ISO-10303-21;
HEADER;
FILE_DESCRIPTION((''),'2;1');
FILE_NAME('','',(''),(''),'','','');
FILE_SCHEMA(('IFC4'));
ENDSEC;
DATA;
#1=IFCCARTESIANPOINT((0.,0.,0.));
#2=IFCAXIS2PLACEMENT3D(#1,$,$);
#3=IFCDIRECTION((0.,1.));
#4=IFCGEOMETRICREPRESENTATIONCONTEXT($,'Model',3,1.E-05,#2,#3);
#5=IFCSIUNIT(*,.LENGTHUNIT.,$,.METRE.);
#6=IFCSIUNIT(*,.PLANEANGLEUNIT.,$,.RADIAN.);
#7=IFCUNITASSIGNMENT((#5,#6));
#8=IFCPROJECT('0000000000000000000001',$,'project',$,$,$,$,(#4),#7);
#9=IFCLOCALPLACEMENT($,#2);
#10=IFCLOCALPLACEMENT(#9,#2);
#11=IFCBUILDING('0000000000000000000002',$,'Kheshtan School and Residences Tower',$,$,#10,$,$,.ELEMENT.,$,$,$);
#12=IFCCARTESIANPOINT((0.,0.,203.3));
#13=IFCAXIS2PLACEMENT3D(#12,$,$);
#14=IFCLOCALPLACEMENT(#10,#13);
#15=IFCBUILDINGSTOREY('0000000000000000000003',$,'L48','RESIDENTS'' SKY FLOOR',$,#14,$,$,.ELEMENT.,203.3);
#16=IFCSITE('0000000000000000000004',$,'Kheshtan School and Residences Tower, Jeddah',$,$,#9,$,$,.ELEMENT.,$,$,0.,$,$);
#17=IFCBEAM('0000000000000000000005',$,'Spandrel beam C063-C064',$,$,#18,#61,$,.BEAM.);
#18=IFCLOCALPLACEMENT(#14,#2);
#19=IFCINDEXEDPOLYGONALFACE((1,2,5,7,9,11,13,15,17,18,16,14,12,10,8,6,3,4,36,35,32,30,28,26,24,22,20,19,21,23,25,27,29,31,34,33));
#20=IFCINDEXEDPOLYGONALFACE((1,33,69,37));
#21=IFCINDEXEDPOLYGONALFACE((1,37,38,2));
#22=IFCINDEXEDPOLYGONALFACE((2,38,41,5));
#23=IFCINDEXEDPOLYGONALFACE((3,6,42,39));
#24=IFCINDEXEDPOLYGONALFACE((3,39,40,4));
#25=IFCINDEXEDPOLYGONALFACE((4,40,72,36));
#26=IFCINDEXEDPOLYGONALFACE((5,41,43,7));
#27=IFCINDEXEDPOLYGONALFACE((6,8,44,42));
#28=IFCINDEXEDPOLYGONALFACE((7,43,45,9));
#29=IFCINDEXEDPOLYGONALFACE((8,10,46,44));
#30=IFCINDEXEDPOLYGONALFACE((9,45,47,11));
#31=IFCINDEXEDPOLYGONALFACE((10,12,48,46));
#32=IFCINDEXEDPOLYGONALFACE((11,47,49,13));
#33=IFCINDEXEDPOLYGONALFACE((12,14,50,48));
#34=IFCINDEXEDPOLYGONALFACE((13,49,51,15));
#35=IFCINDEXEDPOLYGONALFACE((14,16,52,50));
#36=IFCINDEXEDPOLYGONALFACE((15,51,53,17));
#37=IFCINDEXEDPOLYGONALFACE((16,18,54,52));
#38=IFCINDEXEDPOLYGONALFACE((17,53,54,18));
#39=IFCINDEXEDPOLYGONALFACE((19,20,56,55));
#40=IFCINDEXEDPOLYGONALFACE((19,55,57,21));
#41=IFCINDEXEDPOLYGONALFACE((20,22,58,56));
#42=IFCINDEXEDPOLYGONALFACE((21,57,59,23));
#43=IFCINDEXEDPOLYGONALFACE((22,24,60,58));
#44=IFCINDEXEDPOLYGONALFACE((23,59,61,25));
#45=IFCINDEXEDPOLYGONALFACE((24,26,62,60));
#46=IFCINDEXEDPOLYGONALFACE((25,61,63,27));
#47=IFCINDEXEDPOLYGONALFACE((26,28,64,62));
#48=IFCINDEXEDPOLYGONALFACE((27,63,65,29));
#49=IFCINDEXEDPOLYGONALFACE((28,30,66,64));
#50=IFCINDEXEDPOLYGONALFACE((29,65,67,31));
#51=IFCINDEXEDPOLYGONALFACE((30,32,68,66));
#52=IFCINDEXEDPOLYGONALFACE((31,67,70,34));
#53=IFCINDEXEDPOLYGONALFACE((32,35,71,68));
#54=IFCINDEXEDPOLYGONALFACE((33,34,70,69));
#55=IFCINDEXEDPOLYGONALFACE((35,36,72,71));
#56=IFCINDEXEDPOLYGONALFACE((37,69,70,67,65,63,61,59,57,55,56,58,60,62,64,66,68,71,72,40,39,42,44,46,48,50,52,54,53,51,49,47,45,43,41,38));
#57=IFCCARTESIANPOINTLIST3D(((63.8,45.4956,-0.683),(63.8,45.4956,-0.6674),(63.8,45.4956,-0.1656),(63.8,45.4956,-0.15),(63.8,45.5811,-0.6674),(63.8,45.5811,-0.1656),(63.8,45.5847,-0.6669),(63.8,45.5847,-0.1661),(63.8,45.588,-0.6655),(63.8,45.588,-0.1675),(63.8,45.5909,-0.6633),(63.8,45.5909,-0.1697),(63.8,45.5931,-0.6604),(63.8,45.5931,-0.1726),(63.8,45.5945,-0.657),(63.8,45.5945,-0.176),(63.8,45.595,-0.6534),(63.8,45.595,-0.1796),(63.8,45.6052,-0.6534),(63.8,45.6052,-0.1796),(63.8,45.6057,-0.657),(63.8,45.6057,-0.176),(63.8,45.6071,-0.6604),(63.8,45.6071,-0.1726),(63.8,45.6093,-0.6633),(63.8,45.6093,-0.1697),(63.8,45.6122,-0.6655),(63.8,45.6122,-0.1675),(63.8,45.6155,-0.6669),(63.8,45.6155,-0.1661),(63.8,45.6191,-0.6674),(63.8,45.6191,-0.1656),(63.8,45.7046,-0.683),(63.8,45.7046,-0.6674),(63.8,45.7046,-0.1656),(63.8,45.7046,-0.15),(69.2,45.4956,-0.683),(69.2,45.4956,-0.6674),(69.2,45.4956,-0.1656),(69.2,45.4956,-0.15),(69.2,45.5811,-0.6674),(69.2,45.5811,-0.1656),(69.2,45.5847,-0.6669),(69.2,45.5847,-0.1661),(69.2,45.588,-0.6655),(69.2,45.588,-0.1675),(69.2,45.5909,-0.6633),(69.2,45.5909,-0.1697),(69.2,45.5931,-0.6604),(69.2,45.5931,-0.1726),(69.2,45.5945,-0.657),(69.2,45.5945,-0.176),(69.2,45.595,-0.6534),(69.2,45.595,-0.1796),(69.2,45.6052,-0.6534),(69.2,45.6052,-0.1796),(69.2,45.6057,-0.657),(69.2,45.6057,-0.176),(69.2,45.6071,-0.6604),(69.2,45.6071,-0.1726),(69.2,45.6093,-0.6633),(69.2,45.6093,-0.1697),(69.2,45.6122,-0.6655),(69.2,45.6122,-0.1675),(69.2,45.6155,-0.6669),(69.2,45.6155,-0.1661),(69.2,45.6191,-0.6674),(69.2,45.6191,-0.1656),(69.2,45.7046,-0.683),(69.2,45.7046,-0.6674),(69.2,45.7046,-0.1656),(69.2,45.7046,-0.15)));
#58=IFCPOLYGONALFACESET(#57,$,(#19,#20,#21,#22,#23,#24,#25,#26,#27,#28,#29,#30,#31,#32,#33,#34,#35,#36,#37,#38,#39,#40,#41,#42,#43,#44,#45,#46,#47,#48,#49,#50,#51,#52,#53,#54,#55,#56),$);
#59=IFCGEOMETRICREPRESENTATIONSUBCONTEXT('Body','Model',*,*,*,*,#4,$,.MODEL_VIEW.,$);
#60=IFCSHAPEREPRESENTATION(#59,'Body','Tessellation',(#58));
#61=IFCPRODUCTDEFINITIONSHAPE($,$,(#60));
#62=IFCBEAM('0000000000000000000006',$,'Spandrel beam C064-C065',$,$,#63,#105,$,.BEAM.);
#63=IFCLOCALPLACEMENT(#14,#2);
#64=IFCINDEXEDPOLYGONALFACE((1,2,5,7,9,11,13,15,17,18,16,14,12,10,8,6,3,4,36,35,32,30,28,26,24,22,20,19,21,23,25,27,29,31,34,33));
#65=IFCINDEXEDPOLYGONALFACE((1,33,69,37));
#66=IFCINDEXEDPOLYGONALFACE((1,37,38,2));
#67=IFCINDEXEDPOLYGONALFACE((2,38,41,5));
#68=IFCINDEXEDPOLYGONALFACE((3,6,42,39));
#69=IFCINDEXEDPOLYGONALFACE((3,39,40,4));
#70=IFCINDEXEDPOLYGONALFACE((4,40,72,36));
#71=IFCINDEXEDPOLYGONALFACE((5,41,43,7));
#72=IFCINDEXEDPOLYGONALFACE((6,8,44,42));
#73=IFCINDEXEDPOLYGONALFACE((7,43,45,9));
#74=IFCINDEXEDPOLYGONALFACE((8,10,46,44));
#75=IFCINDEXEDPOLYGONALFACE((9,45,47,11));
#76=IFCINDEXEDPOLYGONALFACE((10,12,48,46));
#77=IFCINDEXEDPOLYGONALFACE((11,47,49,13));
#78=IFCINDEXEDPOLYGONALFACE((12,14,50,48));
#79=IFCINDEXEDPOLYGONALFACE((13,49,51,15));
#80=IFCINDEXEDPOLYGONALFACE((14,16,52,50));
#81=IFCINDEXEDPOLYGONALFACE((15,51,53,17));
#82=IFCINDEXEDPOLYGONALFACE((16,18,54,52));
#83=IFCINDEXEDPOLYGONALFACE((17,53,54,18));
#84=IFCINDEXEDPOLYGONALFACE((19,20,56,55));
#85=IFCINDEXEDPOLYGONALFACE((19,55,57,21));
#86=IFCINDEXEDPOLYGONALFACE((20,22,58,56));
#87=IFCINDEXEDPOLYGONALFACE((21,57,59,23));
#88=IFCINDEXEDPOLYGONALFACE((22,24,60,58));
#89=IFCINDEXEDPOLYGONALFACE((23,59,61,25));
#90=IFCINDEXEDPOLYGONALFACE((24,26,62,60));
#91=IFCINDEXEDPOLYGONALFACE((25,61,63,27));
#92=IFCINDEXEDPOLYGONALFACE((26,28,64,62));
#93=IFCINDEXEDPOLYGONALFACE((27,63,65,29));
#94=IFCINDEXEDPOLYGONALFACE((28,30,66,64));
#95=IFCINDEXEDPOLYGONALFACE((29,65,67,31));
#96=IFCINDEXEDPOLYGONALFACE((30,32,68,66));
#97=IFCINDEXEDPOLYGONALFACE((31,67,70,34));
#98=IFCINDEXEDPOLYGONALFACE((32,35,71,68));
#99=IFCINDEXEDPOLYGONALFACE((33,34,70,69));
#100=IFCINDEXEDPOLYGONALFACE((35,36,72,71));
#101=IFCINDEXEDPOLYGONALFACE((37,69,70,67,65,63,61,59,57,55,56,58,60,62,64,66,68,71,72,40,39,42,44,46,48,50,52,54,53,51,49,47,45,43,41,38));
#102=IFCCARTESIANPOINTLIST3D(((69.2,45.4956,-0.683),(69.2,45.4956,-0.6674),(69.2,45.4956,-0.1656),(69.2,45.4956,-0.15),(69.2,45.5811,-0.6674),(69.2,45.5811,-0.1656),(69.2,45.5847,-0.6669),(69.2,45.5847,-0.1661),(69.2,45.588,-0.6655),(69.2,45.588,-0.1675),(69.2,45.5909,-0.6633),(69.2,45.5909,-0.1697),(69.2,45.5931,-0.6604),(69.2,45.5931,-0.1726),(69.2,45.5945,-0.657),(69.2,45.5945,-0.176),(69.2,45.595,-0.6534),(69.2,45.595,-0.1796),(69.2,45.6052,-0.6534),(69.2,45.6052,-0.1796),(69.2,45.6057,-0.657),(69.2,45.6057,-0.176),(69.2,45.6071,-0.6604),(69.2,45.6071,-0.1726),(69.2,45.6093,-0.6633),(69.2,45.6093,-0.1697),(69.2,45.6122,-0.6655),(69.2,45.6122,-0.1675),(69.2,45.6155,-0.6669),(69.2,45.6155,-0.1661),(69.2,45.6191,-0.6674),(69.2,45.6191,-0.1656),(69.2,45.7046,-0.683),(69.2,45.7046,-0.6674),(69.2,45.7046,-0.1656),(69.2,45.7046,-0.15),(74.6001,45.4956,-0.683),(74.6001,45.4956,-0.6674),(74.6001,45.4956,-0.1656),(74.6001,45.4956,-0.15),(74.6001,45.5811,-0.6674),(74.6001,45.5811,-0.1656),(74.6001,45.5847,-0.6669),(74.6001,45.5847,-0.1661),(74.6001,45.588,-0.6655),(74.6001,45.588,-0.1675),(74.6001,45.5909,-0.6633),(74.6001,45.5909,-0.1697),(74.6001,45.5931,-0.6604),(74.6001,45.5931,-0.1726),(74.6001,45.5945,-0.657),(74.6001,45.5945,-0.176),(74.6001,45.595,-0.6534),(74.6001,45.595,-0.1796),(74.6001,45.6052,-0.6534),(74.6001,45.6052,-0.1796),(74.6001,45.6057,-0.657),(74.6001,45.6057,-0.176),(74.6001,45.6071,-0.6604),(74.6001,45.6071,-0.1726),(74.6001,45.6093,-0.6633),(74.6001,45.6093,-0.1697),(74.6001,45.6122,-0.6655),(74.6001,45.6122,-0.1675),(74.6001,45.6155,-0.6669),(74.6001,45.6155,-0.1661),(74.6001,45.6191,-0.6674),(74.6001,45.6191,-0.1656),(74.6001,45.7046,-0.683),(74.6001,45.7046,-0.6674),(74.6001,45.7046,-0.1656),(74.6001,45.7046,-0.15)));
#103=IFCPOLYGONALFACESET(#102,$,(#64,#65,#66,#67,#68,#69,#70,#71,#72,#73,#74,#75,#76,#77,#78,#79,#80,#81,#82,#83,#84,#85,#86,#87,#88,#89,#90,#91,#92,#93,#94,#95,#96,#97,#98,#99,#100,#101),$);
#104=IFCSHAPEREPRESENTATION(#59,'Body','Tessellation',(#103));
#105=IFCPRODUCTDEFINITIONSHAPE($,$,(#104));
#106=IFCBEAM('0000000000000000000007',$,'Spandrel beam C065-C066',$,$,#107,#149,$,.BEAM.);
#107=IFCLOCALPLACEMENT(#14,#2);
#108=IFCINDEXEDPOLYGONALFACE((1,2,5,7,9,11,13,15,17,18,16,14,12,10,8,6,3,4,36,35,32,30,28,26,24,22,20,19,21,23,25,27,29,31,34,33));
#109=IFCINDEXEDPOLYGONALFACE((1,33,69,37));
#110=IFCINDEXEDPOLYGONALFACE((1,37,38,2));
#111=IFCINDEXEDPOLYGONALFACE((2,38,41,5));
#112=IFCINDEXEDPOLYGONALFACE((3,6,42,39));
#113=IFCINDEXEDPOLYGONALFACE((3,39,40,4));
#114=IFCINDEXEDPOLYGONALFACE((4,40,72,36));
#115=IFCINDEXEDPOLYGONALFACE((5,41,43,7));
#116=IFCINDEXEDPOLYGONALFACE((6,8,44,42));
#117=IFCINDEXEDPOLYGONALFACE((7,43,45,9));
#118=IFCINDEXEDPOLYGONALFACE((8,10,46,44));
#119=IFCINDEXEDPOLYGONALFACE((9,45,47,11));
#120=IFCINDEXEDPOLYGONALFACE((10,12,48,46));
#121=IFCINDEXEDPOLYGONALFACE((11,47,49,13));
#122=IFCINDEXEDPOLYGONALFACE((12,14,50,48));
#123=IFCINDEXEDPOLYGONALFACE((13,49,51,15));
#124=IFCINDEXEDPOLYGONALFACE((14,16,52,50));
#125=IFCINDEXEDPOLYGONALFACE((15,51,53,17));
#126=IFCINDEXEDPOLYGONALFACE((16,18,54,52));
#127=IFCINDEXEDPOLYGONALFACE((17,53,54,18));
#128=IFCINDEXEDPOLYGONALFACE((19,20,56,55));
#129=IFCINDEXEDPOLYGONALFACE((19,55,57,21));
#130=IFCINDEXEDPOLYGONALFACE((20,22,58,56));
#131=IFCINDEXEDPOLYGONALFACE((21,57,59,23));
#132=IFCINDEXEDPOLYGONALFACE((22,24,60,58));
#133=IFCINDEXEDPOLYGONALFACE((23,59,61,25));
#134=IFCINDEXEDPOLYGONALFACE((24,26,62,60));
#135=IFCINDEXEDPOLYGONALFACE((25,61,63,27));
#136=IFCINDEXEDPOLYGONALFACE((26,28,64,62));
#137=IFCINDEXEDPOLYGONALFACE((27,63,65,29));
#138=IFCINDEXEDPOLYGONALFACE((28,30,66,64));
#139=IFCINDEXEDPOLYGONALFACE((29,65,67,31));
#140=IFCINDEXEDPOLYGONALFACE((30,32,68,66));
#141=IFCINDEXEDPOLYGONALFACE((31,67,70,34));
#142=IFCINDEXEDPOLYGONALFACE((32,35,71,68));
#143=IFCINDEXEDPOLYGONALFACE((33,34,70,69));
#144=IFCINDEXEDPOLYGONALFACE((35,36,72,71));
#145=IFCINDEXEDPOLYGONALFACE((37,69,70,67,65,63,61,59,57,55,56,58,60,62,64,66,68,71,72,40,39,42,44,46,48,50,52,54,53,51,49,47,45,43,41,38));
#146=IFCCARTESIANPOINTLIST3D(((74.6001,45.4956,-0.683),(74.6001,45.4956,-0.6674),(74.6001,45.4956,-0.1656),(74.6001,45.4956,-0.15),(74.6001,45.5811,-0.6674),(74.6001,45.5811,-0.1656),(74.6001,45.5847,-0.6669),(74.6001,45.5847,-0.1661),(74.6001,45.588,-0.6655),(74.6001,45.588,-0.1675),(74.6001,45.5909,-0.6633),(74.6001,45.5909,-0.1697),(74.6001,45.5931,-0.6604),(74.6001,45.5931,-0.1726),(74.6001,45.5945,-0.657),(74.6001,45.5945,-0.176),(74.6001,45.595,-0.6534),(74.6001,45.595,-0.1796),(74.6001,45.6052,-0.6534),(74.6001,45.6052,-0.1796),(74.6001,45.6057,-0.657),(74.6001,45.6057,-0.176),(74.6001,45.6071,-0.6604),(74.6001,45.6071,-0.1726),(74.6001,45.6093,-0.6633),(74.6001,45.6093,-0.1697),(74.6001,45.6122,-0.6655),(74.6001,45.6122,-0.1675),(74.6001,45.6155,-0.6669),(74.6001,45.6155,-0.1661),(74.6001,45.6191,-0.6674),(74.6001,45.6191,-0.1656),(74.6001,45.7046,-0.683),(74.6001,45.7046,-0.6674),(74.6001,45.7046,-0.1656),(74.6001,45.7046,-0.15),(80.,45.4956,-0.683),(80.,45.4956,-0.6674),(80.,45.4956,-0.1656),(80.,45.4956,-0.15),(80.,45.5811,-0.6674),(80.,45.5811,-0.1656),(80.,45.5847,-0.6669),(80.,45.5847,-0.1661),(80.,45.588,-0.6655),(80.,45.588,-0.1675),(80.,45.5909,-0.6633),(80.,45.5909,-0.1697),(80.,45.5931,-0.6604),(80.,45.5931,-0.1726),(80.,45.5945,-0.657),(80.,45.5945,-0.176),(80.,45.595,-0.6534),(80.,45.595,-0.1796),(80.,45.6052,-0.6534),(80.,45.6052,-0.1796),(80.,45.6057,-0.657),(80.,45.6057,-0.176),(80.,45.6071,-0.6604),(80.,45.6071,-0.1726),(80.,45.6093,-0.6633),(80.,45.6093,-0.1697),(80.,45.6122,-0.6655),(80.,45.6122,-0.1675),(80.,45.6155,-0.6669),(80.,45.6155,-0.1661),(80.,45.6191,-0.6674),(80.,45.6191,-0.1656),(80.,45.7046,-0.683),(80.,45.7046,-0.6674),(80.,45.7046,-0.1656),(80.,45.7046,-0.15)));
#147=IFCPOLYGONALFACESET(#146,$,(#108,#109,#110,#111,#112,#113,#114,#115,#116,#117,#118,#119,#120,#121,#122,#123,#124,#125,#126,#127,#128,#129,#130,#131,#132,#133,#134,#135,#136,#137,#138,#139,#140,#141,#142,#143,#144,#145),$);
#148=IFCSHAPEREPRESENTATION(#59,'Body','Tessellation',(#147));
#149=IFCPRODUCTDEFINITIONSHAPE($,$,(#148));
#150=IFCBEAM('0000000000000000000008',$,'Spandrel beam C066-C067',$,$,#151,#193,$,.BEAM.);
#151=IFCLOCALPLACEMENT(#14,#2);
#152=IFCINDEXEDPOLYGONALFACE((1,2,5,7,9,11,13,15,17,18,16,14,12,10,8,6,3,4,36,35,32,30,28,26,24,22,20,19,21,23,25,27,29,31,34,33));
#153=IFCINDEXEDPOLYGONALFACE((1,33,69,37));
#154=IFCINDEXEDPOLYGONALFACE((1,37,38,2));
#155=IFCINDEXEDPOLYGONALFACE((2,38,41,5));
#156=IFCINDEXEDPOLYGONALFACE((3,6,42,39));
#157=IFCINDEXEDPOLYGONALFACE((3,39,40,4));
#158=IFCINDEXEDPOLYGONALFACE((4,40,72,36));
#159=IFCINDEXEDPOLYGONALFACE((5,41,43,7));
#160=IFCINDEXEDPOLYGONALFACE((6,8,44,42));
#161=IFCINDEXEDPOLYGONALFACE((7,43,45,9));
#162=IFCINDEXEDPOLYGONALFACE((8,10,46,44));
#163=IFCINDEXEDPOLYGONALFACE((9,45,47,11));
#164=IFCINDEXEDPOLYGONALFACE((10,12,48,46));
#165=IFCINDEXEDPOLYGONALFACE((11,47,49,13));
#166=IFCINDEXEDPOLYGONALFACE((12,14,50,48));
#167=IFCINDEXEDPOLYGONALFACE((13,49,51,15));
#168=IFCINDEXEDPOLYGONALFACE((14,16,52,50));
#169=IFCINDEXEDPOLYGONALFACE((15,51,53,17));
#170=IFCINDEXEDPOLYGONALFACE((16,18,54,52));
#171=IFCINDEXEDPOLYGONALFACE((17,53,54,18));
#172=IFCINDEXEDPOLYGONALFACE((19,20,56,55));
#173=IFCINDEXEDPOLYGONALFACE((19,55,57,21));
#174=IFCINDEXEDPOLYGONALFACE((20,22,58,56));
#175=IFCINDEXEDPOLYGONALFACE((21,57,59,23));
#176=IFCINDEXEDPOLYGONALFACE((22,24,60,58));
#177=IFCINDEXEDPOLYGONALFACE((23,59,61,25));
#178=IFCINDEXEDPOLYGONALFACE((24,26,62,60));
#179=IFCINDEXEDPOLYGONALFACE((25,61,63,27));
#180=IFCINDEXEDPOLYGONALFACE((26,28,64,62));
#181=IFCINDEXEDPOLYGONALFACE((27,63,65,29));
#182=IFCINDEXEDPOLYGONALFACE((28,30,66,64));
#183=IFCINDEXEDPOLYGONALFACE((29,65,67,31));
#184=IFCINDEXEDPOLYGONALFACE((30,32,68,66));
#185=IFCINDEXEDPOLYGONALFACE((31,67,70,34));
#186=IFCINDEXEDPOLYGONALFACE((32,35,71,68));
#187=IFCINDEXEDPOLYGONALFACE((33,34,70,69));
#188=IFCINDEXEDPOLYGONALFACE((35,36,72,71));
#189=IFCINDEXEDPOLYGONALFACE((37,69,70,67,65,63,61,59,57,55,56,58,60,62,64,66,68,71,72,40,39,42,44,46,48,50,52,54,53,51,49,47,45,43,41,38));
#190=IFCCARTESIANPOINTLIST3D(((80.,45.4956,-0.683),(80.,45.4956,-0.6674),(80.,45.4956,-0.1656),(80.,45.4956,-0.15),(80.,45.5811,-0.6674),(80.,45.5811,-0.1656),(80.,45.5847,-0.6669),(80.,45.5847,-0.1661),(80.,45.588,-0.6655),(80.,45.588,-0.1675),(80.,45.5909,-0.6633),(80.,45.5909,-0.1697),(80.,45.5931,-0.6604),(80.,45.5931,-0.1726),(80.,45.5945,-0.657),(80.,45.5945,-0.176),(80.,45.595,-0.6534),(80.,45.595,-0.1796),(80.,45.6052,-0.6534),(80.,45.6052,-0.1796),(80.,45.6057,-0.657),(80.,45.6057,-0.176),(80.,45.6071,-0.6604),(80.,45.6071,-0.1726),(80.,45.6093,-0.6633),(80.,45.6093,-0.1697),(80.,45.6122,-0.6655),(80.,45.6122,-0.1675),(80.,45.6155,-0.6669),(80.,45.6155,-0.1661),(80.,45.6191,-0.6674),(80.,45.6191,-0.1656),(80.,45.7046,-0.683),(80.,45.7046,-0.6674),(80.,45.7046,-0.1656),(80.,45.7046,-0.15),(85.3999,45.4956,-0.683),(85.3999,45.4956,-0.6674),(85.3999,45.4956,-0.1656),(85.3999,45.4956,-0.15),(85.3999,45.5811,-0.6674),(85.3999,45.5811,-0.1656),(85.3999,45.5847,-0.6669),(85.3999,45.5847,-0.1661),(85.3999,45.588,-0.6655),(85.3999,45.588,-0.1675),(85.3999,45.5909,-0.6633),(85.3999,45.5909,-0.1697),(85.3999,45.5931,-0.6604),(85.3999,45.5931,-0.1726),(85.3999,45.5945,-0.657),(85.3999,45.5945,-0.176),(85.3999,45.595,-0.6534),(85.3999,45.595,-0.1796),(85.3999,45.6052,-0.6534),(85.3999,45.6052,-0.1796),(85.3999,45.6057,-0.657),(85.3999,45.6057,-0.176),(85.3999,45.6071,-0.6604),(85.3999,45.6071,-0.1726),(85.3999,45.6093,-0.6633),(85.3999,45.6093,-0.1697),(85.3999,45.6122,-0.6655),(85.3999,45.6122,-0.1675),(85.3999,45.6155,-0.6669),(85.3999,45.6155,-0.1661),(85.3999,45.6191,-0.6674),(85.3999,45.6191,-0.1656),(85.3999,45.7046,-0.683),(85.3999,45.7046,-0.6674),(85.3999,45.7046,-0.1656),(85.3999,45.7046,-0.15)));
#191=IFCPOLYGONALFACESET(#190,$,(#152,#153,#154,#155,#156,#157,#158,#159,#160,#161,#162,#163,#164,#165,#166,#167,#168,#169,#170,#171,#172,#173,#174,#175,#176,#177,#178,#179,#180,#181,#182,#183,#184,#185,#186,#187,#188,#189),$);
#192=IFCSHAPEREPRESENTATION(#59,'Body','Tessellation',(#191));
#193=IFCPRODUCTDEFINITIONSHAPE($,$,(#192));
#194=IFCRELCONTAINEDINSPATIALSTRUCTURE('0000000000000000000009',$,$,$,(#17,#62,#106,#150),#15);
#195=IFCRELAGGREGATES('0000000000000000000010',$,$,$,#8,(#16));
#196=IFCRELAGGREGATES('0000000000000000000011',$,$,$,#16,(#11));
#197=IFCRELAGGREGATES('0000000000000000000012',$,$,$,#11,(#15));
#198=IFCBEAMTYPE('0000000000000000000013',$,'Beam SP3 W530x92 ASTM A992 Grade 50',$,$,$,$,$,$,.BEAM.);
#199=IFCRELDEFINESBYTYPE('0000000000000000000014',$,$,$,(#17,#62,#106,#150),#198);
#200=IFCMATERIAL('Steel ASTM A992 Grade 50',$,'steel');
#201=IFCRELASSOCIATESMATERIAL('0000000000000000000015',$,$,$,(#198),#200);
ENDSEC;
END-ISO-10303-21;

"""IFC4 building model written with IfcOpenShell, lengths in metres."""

from ifc_helpers import new_model, si_unit, direction, frame, origin, origin_2d, place, context, subcontext, project, spatial, i_section, extrude, material, material_profile, profile_set, type_object, element, save


model = new_model("IFC4")

# Units and contexts
model_context = context("Model", 3, precision=1e-05, world=origin(), true_north=direction((0.0, 1.0)))
body_context = subcontext(model_context, "Body", "Model", "MODEL_VIEW")
ifc_project = project(units=[si_unit("LENGTHUNIT", "METRE"), si_unit("PLANEANGLEUNIT", "RADIAN")], contexts=[model_context])

# Site, building, storey
site_placement = place(None, origin())
site = spatial("IfcSite", under=ifc_project, at=site_placement, Name="Kheshtan School and Residences Tower, Jeddah", CompositionType="ELEMENT", RefElevation=0.0)
building_placement = place(site_placement, origin())
building = spatial("IfcBuilding", under=site, at=building_placement, Name="Kheshtan School and Residences Tower", CompositionType="ELEMENT")
storey_placement = place(building_placement, frame((0.0, 0.0, 203.3)))
storey = spatial("IfcBuildingStorey", under=building, at=storey_placement, Name="L48", Description="RESIDENTS' SKY FLOOR", CompositionType="ELEMENT", Elevation=203.3)

# Shared definitions
ifc_material_1 = material(Name="Steel ASTM A992 Grade 50", Category="steel")

# Beams
ifc_material_profile_1 = material_profile(ifc_material_1, i_section(OverallWidth=0.209, OverallDepth=0.533, WebThickness=0.0103, FlangeThickness=0.0156, FilletRadius=0.0139, at=origin_2d()), Name="W530x92")
ifc_profile_set_1 = profile_set([ifc_material_profile_1], Name="Steel ASTM A992 Grade 50")
beam_type_1 = type_object("IfcBeamType", Name="Beam SP3 W530x92 ASTM A992 Grade 50", PredefinedType="BEAM", material=ifc_profile_set_1)
beam_1_placement = place(storey_placement, frame((63.8, 45.6001, -0.4165), z_axis=(1.0, 0.0, 0.0), x_axis=(0.0, 1.0, 0.0)))
element("IfcBeam", 1, at=beam_1_placement, inside=storey, type_object=beam_type_1, Name="Spandrel beam C063-C064", PredefinedType="BEAM", context=body_context, shape_type="SweptSolid", body=[
    extrude(i_section(OverallWidth=0.209, OverallDepth=0.533, WebThickness=0.0103, FlangeThickness=0.0156, FilletRadius=0.0139, at=origin_2d()), origin(), (0.0, 0.0, 1.0), 5.3999),
])
beam_2_placement = place(storey_placement, frame((69.2, 45.6001, -0.4165), z_axis=(1.0, 0.0, 0.0), x_axis=(0.0, 1.0, 0.0)))
element("IfcBeam", 2, at=beam_2_placement, inside=storey, type_object=beam_type_1, Name="Spandrel beam C064-C065", PredefinedType="BEAM", context=body_context, shape_type="SweptSolid", body=[
    extrude(i_section(OverallWidth=0.209, OverallDepth=0.533, WebThickness=0.0103, FlangeThickness=0.0156, FilletRadius=0.0139, at=origin_2d()), origin(), (0.0, 0.0, 1.0), 5.4001),
])
for number, where, z_axis, x_axis, name in (
    (3, (74.6001, 45.6001, -0.4165), (1.0, 0.0, 0.0), (0.0, 1.0, 0.0), "Spandrel beam C065-C066"),
    (4, (80.0, 45.6001, -0.4165), (1.0, 0.0, 0.0), (0.0, 1.0, 0.0), "Spandrel beam C066-C067"),
):
    element("IfcBeam", number, at=place(storey_placement, frame(where, z_axis=z_axis, x_axis=x_axis)), inside=storey, type_object=beam_type_1, Name=name, PredefinedType="BEAM", context=body_context, shape_type="SweptSolid", body=[
        extrude(i_section(OverallWidth=0.209, OverallDepth=0.533, WebThickness=0.0103, FlangeThickness=0.0156, FilletRadius=0.0139, at=origin_2d()), origin(), (0.0, 0.0, 1.0), 5.3999),
    ])

save(model, "model.ifc")
